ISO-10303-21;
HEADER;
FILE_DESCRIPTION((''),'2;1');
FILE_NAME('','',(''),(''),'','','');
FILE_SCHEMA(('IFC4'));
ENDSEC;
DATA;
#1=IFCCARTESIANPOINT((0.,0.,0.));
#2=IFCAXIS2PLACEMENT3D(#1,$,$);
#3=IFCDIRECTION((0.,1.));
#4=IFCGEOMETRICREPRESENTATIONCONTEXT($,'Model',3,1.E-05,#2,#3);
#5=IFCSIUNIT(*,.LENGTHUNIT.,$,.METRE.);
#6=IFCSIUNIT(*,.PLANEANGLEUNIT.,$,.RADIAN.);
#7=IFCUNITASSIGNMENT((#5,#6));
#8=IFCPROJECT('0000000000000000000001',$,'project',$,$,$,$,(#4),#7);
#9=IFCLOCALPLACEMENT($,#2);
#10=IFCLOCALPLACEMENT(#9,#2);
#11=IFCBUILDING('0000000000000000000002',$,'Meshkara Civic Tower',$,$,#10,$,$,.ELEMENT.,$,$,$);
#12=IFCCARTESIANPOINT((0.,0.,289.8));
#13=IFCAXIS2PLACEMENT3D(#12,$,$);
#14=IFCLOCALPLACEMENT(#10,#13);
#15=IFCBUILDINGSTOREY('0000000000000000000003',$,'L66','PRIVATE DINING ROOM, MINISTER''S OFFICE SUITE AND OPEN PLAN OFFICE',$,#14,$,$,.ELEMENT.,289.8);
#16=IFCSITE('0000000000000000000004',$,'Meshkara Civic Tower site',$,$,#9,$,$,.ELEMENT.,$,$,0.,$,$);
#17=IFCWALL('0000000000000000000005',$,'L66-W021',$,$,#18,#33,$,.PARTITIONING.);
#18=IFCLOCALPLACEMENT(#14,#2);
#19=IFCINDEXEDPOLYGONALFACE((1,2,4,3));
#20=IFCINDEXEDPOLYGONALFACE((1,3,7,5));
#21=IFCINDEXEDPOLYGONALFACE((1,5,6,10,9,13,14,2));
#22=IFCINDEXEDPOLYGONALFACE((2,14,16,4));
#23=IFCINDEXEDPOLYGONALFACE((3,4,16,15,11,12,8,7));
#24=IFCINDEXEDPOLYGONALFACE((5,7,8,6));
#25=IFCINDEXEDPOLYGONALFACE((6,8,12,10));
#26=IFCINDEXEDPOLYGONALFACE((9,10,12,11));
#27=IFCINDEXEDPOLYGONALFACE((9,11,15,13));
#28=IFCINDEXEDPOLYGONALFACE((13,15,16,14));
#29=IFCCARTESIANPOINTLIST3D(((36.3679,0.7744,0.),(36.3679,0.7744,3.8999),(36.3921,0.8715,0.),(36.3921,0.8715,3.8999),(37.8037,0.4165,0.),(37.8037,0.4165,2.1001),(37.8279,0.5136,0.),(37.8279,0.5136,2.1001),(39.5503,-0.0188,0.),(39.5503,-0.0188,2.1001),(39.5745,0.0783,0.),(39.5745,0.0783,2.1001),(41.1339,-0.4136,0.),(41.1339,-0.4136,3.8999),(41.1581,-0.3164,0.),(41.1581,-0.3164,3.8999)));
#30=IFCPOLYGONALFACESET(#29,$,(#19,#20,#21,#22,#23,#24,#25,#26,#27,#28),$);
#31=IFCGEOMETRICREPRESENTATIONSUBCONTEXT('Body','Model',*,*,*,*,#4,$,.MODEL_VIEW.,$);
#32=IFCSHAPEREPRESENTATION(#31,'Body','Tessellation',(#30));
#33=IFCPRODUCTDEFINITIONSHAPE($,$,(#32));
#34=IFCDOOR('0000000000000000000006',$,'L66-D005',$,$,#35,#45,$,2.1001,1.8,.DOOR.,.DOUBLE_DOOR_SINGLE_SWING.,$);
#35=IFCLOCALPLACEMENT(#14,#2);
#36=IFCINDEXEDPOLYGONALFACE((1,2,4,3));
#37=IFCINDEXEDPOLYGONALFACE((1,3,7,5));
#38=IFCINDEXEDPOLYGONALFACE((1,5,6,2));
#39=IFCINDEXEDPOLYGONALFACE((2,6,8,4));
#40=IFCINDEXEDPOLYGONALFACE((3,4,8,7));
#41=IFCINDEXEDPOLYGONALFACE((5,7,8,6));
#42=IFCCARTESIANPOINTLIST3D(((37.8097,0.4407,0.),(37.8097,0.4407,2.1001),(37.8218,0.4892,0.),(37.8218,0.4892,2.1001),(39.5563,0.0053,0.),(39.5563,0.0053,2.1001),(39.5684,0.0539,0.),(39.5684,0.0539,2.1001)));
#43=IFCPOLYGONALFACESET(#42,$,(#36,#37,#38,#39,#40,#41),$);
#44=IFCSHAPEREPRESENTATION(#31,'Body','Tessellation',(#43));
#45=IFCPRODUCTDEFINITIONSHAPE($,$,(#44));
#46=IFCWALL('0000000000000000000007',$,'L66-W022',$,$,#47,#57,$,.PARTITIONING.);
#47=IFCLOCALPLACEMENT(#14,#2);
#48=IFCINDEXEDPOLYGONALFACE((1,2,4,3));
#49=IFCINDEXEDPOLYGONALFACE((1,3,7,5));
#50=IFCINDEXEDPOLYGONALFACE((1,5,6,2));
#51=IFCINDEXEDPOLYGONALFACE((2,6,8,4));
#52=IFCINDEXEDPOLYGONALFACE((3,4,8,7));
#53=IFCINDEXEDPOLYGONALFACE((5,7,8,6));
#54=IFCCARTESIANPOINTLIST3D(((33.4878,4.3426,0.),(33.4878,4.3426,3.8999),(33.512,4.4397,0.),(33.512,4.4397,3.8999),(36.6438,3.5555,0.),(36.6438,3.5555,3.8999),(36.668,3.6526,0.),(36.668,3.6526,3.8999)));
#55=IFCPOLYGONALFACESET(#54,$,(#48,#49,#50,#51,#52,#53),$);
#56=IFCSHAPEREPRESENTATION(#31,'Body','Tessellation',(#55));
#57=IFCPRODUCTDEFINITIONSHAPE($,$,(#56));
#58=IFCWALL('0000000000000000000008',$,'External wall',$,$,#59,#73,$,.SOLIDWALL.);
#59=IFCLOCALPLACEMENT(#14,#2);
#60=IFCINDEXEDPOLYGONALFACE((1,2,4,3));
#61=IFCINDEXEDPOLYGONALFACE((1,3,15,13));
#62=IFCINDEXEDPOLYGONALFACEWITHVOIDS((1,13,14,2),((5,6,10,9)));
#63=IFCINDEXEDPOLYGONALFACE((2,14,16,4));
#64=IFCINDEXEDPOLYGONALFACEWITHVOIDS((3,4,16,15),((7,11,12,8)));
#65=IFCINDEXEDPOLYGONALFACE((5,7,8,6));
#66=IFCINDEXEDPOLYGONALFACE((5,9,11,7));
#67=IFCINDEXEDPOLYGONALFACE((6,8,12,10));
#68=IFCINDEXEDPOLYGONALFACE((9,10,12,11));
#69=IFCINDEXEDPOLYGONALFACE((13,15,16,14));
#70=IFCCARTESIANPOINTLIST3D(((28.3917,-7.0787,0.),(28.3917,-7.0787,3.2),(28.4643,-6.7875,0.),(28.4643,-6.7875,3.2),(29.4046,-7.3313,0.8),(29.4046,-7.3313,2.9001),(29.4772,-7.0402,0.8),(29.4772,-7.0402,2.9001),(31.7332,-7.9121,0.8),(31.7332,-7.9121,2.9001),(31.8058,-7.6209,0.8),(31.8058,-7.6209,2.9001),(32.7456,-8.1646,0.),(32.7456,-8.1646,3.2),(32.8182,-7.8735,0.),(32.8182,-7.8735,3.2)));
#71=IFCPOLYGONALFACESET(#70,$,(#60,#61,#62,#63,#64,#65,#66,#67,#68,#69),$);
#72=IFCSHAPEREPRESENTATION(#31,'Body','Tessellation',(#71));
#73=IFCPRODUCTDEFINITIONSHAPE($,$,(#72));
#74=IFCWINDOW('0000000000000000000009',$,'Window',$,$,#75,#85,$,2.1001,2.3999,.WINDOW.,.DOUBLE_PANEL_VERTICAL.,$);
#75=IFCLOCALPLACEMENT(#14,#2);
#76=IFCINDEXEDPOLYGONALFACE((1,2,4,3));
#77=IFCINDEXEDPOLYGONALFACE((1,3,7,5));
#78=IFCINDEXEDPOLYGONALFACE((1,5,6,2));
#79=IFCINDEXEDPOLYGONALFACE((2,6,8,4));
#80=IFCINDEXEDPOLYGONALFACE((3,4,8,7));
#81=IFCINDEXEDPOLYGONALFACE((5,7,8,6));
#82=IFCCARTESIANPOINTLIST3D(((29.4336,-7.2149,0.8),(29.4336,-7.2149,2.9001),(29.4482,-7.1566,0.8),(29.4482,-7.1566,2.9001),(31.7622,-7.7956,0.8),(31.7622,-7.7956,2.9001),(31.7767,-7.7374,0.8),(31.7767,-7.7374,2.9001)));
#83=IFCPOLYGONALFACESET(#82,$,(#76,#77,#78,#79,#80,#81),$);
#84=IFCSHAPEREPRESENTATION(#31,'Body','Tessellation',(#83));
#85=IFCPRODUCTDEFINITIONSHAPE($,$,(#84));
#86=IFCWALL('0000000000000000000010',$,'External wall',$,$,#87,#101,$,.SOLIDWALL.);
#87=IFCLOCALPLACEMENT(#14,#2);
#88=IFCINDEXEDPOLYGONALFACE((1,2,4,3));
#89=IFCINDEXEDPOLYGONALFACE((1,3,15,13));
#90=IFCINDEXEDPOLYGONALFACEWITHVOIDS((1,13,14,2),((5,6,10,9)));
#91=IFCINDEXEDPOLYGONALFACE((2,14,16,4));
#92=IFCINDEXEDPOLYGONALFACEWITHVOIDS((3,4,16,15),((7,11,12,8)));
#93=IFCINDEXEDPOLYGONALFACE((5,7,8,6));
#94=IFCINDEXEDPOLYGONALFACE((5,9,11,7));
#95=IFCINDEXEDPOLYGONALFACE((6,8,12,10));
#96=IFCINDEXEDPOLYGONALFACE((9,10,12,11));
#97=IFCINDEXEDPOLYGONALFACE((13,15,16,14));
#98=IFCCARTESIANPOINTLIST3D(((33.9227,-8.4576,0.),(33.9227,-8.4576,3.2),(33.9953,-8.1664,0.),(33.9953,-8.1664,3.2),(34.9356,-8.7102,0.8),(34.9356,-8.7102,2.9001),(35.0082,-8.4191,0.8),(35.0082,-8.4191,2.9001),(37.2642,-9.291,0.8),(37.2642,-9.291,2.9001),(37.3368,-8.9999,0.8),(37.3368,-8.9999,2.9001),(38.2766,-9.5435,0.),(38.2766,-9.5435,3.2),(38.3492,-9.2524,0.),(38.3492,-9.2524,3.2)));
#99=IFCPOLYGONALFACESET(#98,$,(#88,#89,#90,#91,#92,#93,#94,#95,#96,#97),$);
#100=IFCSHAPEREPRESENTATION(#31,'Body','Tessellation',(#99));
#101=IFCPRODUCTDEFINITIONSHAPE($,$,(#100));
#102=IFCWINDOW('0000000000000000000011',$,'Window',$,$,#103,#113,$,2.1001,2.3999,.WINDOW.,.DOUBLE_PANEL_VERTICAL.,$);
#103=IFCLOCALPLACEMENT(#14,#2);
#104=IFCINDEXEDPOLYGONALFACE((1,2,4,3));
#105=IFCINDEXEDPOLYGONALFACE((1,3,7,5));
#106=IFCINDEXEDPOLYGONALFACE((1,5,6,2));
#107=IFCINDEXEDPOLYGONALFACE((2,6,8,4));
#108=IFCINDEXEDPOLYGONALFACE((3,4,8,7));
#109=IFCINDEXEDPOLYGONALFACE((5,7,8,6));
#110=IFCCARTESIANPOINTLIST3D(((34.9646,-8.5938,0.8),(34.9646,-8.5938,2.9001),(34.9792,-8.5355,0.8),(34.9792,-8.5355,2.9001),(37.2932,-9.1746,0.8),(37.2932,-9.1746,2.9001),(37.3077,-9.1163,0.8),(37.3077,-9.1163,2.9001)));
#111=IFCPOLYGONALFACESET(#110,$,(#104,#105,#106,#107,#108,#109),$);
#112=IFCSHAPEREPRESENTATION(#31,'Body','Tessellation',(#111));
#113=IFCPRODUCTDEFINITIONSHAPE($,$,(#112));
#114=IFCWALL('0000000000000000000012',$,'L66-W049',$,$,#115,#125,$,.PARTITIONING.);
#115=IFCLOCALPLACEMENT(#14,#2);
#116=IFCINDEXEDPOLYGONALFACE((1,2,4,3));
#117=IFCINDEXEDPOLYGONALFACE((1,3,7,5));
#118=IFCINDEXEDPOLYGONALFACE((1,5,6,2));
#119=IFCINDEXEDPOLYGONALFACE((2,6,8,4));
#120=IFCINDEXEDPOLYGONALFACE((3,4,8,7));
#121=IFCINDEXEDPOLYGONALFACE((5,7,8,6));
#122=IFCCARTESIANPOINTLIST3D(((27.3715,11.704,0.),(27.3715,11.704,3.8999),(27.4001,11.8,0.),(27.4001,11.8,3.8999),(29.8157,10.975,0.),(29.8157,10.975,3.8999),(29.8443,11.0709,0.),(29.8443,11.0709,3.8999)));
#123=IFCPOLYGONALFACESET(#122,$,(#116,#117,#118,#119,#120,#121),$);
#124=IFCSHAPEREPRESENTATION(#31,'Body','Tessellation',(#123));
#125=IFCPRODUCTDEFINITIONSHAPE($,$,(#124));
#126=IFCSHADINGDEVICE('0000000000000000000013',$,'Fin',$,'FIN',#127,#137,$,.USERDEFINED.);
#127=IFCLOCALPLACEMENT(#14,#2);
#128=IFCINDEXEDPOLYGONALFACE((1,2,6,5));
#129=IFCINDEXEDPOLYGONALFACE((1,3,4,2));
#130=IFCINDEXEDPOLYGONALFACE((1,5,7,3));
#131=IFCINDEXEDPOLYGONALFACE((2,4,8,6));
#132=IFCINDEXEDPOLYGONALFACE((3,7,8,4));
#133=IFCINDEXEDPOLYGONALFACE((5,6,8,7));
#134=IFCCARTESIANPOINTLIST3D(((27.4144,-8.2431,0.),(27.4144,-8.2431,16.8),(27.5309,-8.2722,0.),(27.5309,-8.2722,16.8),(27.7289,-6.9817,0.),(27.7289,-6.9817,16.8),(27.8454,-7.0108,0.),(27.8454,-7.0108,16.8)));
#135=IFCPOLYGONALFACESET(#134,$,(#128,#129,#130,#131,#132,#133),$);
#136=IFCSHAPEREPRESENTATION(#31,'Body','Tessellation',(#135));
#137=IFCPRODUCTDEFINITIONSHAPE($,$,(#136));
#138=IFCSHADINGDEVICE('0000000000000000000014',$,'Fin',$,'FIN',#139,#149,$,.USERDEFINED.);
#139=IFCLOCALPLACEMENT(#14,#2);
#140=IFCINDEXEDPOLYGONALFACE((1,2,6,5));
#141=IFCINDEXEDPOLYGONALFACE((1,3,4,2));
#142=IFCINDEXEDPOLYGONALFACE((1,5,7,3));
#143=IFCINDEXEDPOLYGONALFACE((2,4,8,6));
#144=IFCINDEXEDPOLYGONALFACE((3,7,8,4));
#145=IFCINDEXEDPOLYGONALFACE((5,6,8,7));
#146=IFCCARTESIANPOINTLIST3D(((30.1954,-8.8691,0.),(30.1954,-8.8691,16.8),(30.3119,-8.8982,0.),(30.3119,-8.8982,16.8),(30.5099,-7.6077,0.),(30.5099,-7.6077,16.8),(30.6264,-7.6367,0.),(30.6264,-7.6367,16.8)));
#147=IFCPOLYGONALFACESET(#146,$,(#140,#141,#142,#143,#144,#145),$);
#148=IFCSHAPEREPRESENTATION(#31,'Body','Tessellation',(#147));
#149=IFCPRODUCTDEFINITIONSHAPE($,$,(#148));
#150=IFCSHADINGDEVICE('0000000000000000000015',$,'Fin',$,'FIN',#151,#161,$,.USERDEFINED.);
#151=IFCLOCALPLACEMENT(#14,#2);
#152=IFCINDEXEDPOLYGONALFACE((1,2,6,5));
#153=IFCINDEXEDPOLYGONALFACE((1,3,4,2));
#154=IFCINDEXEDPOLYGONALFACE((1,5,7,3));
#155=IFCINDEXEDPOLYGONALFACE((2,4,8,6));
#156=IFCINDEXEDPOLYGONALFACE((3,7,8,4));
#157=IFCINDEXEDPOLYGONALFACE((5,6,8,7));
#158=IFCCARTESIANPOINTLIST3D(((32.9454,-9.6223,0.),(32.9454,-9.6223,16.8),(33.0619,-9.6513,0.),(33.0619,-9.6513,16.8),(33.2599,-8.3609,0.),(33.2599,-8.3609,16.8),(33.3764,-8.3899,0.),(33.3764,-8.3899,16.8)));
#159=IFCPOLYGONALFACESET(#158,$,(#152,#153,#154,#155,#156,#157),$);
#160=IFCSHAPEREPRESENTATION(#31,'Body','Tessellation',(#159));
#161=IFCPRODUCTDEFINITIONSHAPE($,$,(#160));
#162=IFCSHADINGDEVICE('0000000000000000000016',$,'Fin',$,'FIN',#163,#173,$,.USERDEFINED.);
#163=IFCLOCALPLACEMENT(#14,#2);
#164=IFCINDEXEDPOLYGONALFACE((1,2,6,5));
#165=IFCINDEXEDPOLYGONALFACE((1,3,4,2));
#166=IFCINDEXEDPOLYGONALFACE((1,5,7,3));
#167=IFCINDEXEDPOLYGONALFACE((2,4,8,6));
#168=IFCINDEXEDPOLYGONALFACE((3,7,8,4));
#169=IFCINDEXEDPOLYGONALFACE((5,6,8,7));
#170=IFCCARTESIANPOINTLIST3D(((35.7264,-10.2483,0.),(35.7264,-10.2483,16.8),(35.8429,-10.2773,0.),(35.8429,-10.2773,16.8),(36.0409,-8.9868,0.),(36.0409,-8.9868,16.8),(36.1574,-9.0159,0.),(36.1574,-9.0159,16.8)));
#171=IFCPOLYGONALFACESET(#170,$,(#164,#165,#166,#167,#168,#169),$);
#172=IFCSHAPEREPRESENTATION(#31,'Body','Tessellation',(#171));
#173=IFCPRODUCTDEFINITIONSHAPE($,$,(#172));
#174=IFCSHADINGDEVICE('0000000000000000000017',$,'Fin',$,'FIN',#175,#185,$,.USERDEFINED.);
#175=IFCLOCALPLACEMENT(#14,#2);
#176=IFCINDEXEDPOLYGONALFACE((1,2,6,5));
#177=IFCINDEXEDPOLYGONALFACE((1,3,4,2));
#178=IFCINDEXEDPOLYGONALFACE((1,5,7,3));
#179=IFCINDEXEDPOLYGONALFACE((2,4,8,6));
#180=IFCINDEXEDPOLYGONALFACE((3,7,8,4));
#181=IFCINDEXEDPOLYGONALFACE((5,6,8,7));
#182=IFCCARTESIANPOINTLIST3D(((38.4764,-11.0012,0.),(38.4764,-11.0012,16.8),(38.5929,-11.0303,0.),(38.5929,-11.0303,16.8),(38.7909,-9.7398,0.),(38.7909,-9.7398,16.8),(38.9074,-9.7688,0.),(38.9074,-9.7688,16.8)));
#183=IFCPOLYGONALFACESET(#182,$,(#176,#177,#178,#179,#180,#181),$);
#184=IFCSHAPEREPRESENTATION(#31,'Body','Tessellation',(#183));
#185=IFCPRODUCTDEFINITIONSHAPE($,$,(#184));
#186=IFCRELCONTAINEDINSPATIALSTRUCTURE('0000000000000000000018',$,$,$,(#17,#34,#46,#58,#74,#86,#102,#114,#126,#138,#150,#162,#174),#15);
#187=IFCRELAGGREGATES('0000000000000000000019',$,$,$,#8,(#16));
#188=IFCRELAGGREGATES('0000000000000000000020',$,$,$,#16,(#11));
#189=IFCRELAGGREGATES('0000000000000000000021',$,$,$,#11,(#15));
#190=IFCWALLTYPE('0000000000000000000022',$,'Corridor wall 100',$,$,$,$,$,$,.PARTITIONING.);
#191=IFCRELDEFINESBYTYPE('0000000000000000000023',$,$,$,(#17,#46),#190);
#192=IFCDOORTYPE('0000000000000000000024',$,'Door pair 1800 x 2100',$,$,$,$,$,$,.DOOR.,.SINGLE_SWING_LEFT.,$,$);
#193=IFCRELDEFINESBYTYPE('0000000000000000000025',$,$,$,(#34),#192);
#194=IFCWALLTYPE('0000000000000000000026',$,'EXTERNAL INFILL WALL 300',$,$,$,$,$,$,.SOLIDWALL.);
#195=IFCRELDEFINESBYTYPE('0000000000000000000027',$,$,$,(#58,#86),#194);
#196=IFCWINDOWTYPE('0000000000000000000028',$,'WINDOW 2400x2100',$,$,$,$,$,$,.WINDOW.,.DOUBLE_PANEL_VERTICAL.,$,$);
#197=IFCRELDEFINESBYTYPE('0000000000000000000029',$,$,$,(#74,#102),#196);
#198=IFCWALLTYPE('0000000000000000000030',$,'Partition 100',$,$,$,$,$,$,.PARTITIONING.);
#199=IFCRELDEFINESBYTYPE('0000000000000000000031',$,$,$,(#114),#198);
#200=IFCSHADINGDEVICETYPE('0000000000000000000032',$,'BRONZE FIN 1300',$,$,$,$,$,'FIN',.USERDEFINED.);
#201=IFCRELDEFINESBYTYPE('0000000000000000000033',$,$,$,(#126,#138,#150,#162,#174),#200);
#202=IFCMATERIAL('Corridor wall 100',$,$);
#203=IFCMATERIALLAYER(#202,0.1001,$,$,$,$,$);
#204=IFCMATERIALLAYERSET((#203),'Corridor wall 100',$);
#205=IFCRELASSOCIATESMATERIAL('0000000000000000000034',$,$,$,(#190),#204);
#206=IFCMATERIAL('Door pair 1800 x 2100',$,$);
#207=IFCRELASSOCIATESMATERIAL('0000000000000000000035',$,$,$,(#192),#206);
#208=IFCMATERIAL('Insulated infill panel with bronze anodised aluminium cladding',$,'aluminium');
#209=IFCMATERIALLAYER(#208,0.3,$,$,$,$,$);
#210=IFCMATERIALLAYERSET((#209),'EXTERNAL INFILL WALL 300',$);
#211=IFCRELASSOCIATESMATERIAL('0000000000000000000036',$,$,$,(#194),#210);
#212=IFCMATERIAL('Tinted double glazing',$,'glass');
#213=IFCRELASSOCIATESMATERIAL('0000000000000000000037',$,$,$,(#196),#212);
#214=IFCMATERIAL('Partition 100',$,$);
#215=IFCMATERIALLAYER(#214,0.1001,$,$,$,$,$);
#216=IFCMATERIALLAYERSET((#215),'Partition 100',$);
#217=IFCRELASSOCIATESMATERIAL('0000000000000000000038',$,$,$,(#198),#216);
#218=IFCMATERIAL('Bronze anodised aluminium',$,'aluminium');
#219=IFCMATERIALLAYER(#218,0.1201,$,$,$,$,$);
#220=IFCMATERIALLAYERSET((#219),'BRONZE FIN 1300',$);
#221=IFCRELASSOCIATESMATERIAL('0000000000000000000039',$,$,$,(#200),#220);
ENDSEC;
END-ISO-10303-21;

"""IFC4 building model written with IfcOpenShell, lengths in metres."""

from ifc_helpers import new_model, si_unit, direction, frame, frame_2d, origin, origin_2d, place, context, subcontext, project, spatial, rectangle, extrude, material, layer, layer_set, type_object, element, fill, save


model = new_model("IFC4")

# Units and contexts
model_context = context("Model", 3, precision=1e-05, world=origin(), true_north=direction((0.0, 1.0)))
body_context = subcontext(model_context, "Body", "Model", "MODEL_VIEW")
ifc_project = project(units=[si_unit("LENGTHUNIT", "METRE"), si_unit("PLANEANGLEUNIT", "RADIAN")], contexts=[model_context])

# Site, building, storey
site_placement = place(None, origin())
site = spatial("IfcSite", under=ifc_project, at=site_placement, Name="Meshkara Civic Tower site", CompositionType="ELEMENT", RefElevation=0.0)
building_placement = place(site_placement, origin())
building = spatial("IfcBuilding", under=site, at=building_placement, Name="Meshkara Civic Tower", CompositionType="ELEMENT")
storey_placement = place(building_placement, frame((0.0, 0.0, 289.8)))
storey = spatial("IfcBuildingStorey", under=building, at=storey_placement, Name="L66", Description="PRIVATE DINING ROOM, MINISTER'S OFFICE SUITE AND OPEN PLAN OFFICE", CompositionType="ELEMENT", Elevation=289.8)

# Wall, opening, door
ifc_material_1 = material(Name="Corridor wall 100")
ifc_layer_1 = layer(ifc_material_1, 0.1001)
ifc_layer_set_1 = layer_set([ifc_layer_1], Name="Corridor wall 100")
wall_type_1 = type_object("IfcWallType", Name="Corridor wall 100", PredefinedType="PARTITIONING", material=ifc_layer_set_1)
wall_1_placement = place(storey_placement, frame((36.3799, 0.823, 0.0), z_axis=(0.0, 0.0, 1.0), x_axis=(0.970312, -0.241857, 0.0)))
wall_1 = element("IfcWall", 1, at=wall_1_placement, inside=storey, type_object=wall_type_1, Name="L66-W021", PredefinedType="PARTITIONING", context=body_context, shape_type="SweptSolid", body=[
    extrude(rectangle(XDim=4.9119, YDim=0.1001, at=frame_2d((2.4561, 0.0))), origin(), (0.0, 0.0, 1.0), 3.8999),
])
opening_1_placement = place(wall_1_placement, frame((1.48, 0.0, 0.0)))
opening_1 = element("IfcOpeningElement", 2, at=opening_1_placement, cuts=wall_1, PredefinedType="OPENING", context=body_context, shape_type="SweptSolid", body=[
    extrude(rectangle(XDim=1.8, YDim=2.1001, at=frame_2d((0.8999, 1.05))), frame((0.0, 0.0601, 0.0), z_axis=(0.0, -1.0, 0.0), x_axis=(1.0, 0.0, 0.0)), (0.0, 0.0, 1.0), 0.1201),
])
ifc_material_2 = material(Name="Door pair 1800 x 2100")
door_type_1 = type_object("IfcDoorType", Name="Door pair 1800 x 2100", OperationType="SINGLE_SWING_LEFT", PredefinedType="DOOR", material=ifc_material_2)
door_1_placement = place(opening_1_placement, origin())
door_1 = element("IfcDoor", 3, at=door_1_placement, inside=storey, type_object=door_type_1, Name="L66-D005", OperationType="DOUBLE_DOOR_SINGLE_SWING", OverallHeight=2.1001, OverallWidth=1.8, PredefinedType="DOOR", context=body_context, shape_type="SweptSolid", body=[
    extrude(rectangle(XDim=1.8, YDim=2.1001, at=frame_2d((0.8999, 1.05))), frame((0.0, 0.0249, 0.0), z_axis=(0.0, -1.0, 0.0), x_axis=(1.0, 0.0, 0.0)), (0.0, 0.0, 1.0), 0.05),
])
fill(opening_1, door_1)

# Wall
wall_2_placement = place(storey_placement, frame((36.656, 3.604, 0.0), z_axis=(0.0, 0.0, 1.0), x_axis=(-0.970279, 0.241988, 0.0)))
element("IfcWall", 4, at=wall_2_placement, inside=storey, type_object=wall_type_1, Name="L66-W022", PredefinedType="PARTITIONING", context=body_context, shape_type="SweptSolid", body=[
    extrude(rectangle(XDim=3.2527, YDim=0.1001, at=frame_2d((1.6265, 0.0))), origin(), (0.0, 0.0, 1.0), 3.8999),
])

# Walls, openings, windows
ifc_material_3 = material(Name="Insulated infill panel with bronze anodised aluminium cladding", Category="aluminium")
ifc_layer_2 = layer(ifc_material_3, 0.3)
ifc_layer_set_2 = layer_set([ifc_layer_2], Name="EXTERNAL INFILL WALL 300")
wall_type_2 = type_object("IfcWallType", Name="EXTERNAL INFILL WALL 300", PredefinedType="SOLIDWALL", material=ifc_layer_set_2)
wall_3_placement = place(storey_placement, frame((28.428, -6.9331, 0.0), z_axis=(0.0, 0.0, 1.0), x_axis=(0.970277, -0.241998, 0.0)))
wall_3 = element("IfcWall", 5, at=wall_3_placement, inside=storey, type_object=wall_type_2, Name="External wall", PredefinedType="SOLIDWALL", context=body_context, shape_type="SweptSolid", body=[
    extrude(rectangle(XDim=4.4873, YDim=0.3, at=frame_2d((2.2437, 0.0))), origin(), (0.0, 0.0, 1.0), 3.2),
])
opening_2_placement = place(wall_3_placement, frame((1.0439, 0.0, 0.8)))
opening_2 = element("IfcOpeningElement", 6, at=opening_2_placement, cuts=wall_3, PredefinedType="OPENING", context=body_context, shape_type="SweptSolid", body=[
    extrude(rectangle(XDim=2.3999, YDim=2.1001, at=frame_2d((1.2, 1.05))), frame((0.0, 0.1599, 0.0), z_axis=(0.0, -1.0, 0.0), x_axis=(1.0, 0.0, 0.0)), (0.0, 0.0, 1.0), 0.3201),
])
ifc_material_4 = material(Name="Tinted double glazing", Category="glass")
window_type = type_object("IfcWindowType", Name="WINDOW 2400x2100", PartitioningType="DOUBLE_PANEL_VERTICAL", PredefinedType="WINDOW", material=ifc_material_4)
window_1_placement = place(opening_2_placement, origin())
window_1 = element("IfcWindow", 7, at=window_1_placement, inside=storey, type_object=window_type, Name="Window", OverallHeight=2.1001, OverallWidth=2.3999, PartitioningType="DOUBLE_PANEL_VERTICAL", PredefinedType="WINDOW", context=body_context, shape_type="SweptSolid", body=[
    extrude(rectangle(XDim=2.3999, YDim=2.1001, at=frame_2d((1.2, 1.05))), frame((0.0, 0.03, 0.0), z_axis=(0.0, -1.0, 0.0), x_axis=(1.0, 0.0, 0.0)), (0.0, 0.0, 1.0), 0.0601),
])
fill(opening_2, window_1)
wall_4_placement = place(storey_placement, frame((33.959, -8.312, 0.0), z_axis=(0.0, 0.0, 1.0), x_axis=(0.970277, -0.241998, 0.0)))
wall_4 = element("IfcWall", 8, at=wall_4_placement, inside=storey, type_object=wall_type_2, Name="External wall", PredefinedType="SOLIDWALL", context=body_context, shape_type="SweptSolid", body=[
    extrude(rectangle(XDim=4.4873, YDim=0.3, at=frame_2d((2.2437, 0.0))), origin(), (0.0, 0.0, 1.0), 3.2),
])
opening_3_placement = place(wall_4_placement, frame((1.0439, 0.0, 0.8)))
opening_3 = element("IfcOpeningElement", 9, at=opening_3_placement, cuts=wall_4, PredefinedType="OPENING", context=body_context, shape_type="SweptSolid", body=[
    extrude(rectangle(XDim=2.3999, YDim=2.1001, at=frame_2d((1.2, 1.05))), frame((0.0, 0.1599, 0.0), z_axis=(0.0, -1.0, 0.0), x_axis=(1.0, 0.0, 0.0)), (0.0, 0.0, 1.0), 0.3201),
])
window_2_placement = place(opening_3_placement, origin())
window_2 = element("IfcWindow", 10, at=window_2_placement, inside=storey, type_object=window_type, Name="Window", OverallHeight=2.1001, OverallWidth=2.3999, PartitioningType="DOUBLE_PANEL_VERTICAL", PredefinedType="WINDOW", context=body_context, shape_type="SweptSolid", body=[
    extrude(rectangle(XDim=2.3999, YDim=2.1001, at=frame_2d((1.2, 1.05))), frame((0.0, 0.03, 0.0), z_axis=(0.0, -1.0, 0.0), x_axis=(1.0, 0.0, 0.0)), (0.0, 0.0, 1.0), 0.0601),
])
fill(opening_3, window_2)

# Wall
ifc_material_5 = material(Name="Partition 100")
ifc_layer_3 = layer(ifc_material_5, 0.1001)
ifc_layer_set_3 = layer_set([ifc_layer_3], Name="Partition 100")
wall_type_3 = type_object("IfcWallType", Name="Partition 100", PredefinedType="PARTITIONING", material=ifc_layer_set_3)
wall_5_placement = place(storey_placement, frame((29.8301, 11.0229, 0.0), z_axis=(0.0, 0.0, 1.0), x_axis=(-0.958281, 0.285828, 0.0)))
element("IfcWall", 11, at=wall_5_placement, inside=storey, type_object=wall_type_3, Name="L66-W049", PredefinedType="PARTITIONING", context=body_context, shape_type="SweptSolid", body=[
    extrude(rectangle(XDim=2.5505, YDim=0.1001, at=frame_2d((1.2754, 0.0))), origin(), (0.0, 0.0, 1.0), 3.8999),
])

# Shading devices
ifc_material_6 = material(Name="Bronze anodised aluminium", Category="aluminium")
ifc_layer_4 = layer(ifc_material_6, 0.1201)
ifc_layer_set_4 = layer_set([ifc_layer_4], Name="BRONZE FIN 1300")
shading_device_type = type_object("IfcShadingDeviceType", Name="BRONZE FIN 1300", ElementType="FIN", PredefinedType="USERDEFINED", material=ifc_layer_set_4)
for number, where, z_axis, x_axis, name in (
    (12, (27.6299, -7.627, 0.0), (0.0, 0.0, 1.0), (0.970296, -0.241922, 0.0), "Fin"),
    (13, (30.4109, -8.2529, 0.0), (0.0, 0.0, 1.0), (0.970296, -0.241922, 0.0), "Fin"),
    (14, (33.1609, -9.0061, 0.0), (0.0, 0.0, 1.0), (0.970296, -0.241922, 0.0), "Fin"),
    (15, (35.9419, -9.6321, 0.0), (0.0, 0.0, 1.0), (0.970296, -0.241922, 0.0), "Fin"),
    (16, (38.6919, -10.385, 0.0), (0.0, 0.0, 1.0), (0.970296, -0.241922, 0.0), "Fin"),
):
    element("IfcShadingDevice", number, at=place(storey_placement, frame(where, z_axis=z_axis, x_axis=x_axis)), inside=storey, type_object=shading_device_type, Name=name, ObjectType="FIN", PredefinedType="USERDEFINED", context=body_context, shape_type="SweptSolid", body=[
        extrude(rectangle(XDim=0.1201, YDim=1.3, at=origin_2d()), origin(), (0.0, 0.0, 1.0), 16.8),
    ])

save(model, "model.ifc")
